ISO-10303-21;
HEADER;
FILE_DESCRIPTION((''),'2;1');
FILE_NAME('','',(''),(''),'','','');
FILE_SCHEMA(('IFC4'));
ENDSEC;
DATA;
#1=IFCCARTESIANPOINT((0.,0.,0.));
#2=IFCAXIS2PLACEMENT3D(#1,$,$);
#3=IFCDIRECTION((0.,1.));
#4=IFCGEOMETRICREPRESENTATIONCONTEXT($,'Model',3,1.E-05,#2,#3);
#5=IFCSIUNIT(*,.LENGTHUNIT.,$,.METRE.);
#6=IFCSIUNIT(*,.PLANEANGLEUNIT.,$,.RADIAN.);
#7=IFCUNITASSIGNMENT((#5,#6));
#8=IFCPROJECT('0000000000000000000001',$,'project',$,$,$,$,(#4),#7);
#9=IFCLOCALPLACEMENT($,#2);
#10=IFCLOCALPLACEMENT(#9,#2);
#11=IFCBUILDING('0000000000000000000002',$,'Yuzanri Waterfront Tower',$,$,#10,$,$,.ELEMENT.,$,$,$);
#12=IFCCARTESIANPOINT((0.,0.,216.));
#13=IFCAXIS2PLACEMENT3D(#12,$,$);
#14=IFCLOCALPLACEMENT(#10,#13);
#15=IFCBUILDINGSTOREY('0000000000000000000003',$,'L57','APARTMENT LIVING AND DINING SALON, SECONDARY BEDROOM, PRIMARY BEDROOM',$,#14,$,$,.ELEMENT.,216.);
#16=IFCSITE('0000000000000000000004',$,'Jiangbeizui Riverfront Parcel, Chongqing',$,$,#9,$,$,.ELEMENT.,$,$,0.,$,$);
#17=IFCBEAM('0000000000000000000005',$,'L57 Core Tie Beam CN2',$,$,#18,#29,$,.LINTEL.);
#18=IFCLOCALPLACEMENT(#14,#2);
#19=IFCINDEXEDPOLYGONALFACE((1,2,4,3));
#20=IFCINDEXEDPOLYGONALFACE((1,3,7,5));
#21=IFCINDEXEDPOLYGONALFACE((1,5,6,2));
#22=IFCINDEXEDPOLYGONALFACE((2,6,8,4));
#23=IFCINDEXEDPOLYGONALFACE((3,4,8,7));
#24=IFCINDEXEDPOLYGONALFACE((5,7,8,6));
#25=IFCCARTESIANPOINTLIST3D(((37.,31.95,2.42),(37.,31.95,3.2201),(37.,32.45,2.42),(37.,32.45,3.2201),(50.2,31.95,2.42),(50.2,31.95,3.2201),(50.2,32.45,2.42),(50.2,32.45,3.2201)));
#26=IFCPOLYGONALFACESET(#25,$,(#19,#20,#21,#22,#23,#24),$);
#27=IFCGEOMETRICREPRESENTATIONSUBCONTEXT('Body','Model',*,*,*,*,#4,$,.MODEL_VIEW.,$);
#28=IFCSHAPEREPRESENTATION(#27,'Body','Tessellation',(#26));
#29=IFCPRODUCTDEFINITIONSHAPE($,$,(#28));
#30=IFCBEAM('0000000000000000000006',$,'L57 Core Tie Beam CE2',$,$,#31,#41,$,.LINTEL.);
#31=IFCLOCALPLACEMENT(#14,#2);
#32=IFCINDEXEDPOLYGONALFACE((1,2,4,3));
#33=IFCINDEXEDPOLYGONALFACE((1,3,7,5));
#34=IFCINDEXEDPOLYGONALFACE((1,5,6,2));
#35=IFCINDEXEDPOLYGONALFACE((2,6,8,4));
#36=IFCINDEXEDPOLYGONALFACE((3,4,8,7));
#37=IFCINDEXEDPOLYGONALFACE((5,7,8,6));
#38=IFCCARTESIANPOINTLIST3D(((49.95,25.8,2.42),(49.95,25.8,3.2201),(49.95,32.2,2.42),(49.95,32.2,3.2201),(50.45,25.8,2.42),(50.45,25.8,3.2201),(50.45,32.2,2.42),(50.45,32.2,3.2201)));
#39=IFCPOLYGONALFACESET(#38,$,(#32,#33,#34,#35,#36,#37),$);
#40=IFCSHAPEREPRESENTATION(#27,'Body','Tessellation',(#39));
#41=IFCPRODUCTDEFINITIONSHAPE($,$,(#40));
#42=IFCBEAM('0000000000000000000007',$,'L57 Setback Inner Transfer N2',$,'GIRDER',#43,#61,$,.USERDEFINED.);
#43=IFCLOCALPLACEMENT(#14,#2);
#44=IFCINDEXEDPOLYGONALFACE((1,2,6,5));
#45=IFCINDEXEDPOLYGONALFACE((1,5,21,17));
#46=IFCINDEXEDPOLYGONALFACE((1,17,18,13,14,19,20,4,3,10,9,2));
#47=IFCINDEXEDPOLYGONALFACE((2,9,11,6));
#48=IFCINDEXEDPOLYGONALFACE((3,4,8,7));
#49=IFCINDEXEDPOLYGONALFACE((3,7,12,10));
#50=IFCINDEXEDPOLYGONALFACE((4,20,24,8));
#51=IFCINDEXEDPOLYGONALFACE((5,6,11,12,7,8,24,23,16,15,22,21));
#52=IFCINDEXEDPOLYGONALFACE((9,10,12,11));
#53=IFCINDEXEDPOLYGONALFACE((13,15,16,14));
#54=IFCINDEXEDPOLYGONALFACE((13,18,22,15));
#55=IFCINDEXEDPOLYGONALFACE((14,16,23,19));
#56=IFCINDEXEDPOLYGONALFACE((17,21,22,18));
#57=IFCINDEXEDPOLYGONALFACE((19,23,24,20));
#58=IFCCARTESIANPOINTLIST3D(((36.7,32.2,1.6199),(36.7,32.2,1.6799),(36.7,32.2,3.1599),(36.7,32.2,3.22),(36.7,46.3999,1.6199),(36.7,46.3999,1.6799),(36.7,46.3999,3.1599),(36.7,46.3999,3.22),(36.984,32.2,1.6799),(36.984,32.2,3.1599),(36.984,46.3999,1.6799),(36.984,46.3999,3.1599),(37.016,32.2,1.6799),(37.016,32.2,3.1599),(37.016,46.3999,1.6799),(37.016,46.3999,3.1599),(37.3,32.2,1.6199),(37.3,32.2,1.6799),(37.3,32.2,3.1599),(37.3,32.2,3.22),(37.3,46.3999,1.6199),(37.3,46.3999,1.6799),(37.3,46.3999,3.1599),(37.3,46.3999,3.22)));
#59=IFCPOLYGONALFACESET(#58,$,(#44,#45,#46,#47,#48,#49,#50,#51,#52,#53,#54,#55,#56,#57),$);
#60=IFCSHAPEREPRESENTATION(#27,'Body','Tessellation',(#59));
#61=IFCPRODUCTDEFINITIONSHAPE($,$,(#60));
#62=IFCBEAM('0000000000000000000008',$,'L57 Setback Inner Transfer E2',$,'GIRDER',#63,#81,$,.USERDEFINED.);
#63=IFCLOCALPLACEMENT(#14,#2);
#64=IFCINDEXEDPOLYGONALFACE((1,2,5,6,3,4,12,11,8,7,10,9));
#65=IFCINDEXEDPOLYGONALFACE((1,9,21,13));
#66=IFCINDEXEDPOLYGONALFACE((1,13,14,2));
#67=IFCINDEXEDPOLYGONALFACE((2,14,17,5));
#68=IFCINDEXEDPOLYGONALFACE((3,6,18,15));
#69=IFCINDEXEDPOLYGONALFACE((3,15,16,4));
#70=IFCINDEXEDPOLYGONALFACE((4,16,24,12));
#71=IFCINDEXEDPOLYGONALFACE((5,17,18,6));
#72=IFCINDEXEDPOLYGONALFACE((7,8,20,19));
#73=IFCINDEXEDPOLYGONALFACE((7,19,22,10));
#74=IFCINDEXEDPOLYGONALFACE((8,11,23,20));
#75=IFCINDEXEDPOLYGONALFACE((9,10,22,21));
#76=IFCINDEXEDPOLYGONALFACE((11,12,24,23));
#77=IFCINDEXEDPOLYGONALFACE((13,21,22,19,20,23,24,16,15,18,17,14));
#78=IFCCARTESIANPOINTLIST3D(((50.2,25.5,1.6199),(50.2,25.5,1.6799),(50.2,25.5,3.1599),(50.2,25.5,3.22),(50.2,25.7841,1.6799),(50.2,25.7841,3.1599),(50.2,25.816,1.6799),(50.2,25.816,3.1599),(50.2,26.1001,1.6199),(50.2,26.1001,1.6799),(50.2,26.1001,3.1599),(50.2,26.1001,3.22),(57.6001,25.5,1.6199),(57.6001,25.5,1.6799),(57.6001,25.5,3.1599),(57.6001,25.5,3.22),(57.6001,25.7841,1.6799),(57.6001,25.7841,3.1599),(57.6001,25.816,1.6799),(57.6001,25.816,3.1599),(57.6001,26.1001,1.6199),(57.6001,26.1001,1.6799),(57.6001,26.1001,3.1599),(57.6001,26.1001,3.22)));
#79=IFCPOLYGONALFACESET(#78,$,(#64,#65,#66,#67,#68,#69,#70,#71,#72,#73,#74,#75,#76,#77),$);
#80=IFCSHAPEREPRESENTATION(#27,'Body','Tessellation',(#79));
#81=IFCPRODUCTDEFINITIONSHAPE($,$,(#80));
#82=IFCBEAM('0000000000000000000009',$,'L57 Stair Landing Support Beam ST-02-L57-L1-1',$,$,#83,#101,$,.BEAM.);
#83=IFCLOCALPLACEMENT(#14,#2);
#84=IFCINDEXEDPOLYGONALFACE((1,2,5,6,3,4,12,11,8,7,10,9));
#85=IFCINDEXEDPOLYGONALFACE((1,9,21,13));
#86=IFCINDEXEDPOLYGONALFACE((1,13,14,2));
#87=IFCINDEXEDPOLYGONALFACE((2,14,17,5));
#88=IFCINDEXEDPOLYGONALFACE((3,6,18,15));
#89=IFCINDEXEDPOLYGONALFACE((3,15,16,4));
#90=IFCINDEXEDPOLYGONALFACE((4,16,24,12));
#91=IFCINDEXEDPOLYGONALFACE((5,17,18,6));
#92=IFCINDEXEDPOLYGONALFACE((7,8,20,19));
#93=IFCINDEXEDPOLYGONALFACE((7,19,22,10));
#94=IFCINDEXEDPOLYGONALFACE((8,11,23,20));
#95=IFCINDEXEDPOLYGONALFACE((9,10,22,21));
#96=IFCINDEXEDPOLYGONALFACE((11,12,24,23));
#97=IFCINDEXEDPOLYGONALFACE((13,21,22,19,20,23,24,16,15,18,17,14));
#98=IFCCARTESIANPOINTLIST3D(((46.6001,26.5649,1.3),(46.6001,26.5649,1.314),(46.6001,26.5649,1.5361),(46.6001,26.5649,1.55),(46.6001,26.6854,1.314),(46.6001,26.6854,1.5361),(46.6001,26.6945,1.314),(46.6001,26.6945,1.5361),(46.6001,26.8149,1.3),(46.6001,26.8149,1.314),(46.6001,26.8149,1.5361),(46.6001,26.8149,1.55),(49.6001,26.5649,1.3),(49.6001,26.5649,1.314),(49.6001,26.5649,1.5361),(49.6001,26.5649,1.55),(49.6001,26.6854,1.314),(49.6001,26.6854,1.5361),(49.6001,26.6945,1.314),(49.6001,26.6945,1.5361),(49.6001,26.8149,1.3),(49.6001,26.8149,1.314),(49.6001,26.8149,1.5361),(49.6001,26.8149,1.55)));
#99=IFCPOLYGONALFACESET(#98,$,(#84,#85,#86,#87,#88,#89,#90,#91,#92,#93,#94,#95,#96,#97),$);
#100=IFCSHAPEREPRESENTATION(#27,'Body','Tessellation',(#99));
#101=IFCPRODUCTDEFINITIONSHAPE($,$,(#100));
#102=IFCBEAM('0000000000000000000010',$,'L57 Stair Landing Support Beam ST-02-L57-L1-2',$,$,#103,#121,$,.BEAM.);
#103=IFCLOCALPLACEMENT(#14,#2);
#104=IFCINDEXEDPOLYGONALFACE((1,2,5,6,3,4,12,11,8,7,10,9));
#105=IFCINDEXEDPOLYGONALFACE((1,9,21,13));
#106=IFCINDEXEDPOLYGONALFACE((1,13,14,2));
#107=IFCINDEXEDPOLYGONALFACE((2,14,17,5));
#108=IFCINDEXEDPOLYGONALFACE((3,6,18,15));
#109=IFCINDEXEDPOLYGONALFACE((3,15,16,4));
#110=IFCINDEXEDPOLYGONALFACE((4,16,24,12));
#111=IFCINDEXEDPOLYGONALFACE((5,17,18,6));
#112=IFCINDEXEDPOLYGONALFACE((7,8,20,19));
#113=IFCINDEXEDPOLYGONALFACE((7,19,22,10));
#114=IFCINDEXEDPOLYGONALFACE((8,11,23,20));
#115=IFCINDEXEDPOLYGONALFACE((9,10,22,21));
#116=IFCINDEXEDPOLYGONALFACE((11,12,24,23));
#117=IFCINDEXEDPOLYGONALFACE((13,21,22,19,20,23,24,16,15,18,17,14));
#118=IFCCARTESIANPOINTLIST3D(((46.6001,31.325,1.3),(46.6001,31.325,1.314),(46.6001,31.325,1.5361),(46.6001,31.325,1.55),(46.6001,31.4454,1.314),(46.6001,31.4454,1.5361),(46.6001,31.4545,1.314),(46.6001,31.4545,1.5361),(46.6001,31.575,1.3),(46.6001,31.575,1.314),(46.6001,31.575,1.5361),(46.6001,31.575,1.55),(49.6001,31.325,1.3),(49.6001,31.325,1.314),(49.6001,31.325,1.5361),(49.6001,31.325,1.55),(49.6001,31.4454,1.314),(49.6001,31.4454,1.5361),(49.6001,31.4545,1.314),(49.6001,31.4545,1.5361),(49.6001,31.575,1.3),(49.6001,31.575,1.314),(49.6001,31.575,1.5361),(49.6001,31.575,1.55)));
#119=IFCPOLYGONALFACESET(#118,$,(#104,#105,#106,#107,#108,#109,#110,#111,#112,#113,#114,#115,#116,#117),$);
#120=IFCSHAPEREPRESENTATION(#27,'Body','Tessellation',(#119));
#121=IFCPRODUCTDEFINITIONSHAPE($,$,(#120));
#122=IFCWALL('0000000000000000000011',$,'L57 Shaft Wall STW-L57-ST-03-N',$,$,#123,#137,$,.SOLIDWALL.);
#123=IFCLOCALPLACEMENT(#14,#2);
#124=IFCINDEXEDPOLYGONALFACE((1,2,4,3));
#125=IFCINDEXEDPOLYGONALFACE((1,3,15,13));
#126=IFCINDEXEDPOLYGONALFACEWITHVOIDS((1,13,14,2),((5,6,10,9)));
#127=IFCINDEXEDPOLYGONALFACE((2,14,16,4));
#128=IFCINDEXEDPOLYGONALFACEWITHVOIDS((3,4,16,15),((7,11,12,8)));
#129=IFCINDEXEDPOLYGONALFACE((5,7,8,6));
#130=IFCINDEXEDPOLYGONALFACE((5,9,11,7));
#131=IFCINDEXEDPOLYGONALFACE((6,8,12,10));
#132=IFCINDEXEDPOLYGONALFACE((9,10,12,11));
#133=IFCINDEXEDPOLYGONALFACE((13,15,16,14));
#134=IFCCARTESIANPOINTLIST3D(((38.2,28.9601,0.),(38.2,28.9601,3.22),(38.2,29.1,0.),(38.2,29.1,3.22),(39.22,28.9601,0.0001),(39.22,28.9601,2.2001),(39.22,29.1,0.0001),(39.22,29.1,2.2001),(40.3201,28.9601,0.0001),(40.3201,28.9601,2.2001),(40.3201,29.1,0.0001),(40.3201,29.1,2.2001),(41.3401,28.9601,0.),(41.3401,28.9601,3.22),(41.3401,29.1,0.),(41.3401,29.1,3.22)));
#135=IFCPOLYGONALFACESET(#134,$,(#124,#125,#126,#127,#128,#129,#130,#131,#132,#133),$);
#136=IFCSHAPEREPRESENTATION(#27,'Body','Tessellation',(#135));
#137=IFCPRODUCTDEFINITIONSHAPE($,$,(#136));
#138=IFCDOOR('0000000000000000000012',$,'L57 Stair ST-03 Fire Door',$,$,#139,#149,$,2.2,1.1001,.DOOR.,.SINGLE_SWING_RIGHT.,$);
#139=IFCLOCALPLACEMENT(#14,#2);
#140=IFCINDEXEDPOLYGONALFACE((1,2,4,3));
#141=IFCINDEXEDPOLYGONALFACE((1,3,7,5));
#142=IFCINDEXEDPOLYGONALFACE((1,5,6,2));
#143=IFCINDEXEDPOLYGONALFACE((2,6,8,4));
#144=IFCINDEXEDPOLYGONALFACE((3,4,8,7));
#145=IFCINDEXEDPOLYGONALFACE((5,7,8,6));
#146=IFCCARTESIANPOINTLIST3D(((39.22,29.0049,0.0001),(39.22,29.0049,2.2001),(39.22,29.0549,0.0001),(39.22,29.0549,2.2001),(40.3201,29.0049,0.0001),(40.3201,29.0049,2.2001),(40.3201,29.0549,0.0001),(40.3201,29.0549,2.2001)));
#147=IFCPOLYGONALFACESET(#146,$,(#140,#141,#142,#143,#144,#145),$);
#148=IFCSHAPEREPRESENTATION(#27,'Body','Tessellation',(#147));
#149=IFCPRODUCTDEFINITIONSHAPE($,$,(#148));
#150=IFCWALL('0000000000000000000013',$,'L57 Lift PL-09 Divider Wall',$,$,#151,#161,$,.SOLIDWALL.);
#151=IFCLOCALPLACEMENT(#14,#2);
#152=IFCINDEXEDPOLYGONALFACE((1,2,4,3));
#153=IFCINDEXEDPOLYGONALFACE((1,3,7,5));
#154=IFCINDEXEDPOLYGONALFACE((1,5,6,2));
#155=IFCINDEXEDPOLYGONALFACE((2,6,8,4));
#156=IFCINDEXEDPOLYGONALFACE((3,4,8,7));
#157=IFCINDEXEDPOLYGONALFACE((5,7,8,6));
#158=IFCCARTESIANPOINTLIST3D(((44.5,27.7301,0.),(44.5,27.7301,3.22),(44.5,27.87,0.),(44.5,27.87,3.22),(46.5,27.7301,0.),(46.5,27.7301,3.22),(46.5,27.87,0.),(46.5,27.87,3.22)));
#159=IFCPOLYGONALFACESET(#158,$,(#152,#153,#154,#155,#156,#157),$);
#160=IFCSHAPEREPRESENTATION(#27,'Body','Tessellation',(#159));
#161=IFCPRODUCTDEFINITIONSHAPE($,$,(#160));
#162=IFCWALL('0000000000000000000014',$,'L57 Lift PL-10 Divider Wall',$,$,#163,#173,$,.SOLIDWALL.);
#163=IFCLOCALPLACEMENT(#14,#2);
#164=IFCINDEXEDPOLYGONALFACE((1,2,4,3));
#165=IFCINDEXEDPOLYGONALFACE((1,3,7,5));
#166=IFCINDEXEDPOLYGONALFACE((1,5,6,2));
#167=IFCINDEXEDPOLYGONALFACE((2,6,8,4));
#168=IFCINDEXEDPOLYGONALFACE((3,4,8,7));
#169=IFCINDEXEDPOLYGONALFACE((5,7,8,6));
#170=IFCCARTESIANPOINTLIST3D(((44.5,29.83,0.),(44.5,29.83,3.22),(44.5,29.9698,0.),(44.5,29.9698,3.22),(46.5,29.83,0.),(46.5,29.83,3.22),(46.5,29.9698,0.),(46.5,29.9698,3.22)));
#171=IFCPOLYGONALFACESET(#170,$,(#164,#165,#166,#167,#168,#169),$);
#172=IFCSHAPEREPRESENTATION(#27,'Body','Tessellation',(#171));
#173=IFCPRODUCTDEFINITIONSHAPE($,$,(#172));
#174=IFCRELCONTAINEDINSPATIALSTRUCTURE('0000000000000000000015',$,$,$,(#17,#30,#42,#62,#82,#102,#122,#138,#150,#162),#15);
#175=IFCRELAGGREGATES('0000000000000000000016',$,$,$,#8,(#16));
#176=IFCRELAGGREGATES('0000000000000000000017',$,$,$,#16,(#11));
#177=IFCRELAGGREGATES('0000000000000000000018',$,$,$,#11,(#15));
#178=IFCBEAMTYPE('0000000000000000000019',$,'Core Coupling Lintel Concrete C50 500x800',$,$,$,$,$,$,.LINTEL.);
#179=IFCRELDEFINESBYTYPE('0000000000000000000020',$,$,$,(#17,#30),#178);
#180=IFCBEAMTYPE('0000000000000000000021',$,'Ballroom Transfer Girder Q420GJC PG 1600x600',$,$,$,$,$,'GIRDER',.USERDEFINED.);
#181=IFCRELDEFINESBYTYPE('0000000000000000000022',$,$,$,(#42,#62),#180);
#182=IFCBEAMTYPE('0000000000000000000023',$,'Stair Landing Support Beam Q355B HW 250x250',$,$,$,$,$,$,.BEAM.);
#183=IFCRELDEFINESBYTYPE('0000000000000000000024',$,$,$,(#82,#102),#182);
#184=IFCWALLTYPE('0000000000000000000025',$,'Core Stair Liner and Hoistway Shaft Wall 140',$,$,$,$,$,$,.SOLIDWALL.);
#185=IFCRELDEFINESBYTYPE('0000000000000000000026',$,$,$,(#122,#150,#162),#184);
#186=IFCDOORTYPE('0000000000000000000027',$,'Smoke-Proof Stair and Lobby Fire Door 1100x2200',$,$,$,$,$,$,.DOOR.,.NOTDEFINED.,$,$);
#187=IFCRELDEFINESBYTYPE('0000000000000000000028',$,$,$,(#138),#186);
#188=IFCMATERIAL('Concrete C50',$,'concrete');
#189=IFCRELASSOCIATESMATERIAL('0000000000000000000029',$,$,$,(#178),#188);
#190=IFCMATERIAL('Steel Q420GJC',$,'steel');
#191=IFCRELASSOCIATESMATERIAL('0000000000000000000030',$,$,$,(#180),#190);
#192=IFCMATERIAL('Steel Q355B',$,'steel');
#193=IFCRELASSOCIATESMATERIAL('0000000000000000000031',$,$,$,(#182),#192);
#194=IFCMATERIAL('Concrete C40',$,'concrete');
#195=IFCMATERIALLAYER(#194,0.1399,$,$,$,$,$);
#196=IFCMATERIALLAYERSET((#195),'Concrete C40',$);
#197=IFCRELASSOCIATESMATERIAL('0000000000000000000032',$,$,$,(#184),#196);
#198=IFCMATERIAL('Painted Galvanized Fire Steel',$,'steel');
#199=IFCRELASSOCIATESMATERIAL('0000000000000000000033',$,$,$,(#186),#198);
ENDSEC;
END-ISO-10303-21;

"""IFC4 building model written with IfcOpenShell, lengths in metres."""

from ifc_helpers import new_model, si_unit, direction, frame, frame_2d, origin, origin_2d, place, context, subcontext, project, spatial, rectangle, i_section, extrude, source, transform, mapped, material, layer, layer_set, material_profile, profile_set, type_object, element, fill, save


model = new_model("IFC4")

# Units and contexts
model_context = context("Model", 3, precision=1e-05, world=origin(), true_north=direction((0.0, 1.0)))
body_context = subcontext(model_context, "Body", "Model", "MODEL_VIEW")
ifc_project = project(units=[si_unit("LENGTHUNIT", "METRE"), si_unit("PLANEANGLEUNIT", "RADIAN")], contexts=[model_context])

# Site, building, storey
site_placement = place(None, origin())
site = spatial("IfcSite", under=ifc_project, at=site_placement, Name="Jiangbeizui Riverfront Parcel, Chongqing", CompositionType="ELEMENT", RefElevation=0.0)
building_placement = place(site_placement, origin())
building = spatial("IfcBuilding", under=site, at=building_placement, Name="Yuzanri Waterfront Tower", CompositionType="ELEMENT")
storey_placement = place(building_placement, frame((0.0, 0.0, 216.0)))
storey = spatial("IfcBuildingStorey", under=building, at=storey_placement, Name="L57", Description="APARTMENT LIVING AND DINING SALON, SECONDARY BEDROOM, PRIMARY BEDROOM", CompositionType="ELEMENT", Elevation=216.0)

# Beams
ifc_material_1 = material(Name="Concrete C50", Category="concrete")
ifc_material_profile_1 = material_profile(ifc_material_1, rectangle(XDim=0.5, YDim=0.8, at=origin_2d()), Name="RC 500x800")
ifc_profile_set_1 = profile_set([ifc_material_profile_1], Name="Concrete C50")
beam_type_1 = type_object("IfcBeamType", Name="Core Coupling Lintel Concrete C50 500x800", PredefinedType="LINTEL", material=ifc_profile_set_1)
shared_shape_1 = source(origin(), body_context, "Body", "SweptSolid", [
    extrude(rectangle(XDim=0.5, YDim=0.8, at=origin_2d()), origin(), (0.0, 0.0, 1.0), 13.2),
])
beam_1_placement = place(storey_placement, frame((37.0, 32.2, 2.8201), z_axis=(1.0, 0.0, 0.0), x_axis=(0.0, 1.0, 0.0)))
element("IfcBeam", 1, at=beam_1_placement, inside=storey, type_object=beam_type_1, Name="L57 Core Tie Beam CN2", PredefinedType="LINTEL", context=body_context, shape_type="MappedRepresentation", body=[
    mapped(shared_shape_1, transform((0.0, 0.0, 0.0), scale=1.0)),
])
shared_shape_2 = source(origin(), body_context, "Body", "SweptSolid", [
    extrude(rectangle(XDim=0.5, YDim=0.8, at=origin_2d()), origin(), (0.0, 0.0, 1.0), 6.3999),
])
beam_2_placement = place(storey_placement, frame((50.2, 25.8, 2.8201), z_axis=(0.0, 1.0, 0.0), x_axis=(-1.0, 0.0, 0.0)))
element("IfcBeam", 2, at=beam_2_placement, inside=storey, type_object=beam_type_1, Name="L57 Core Tie Beam CE2", PredefinedType="LINTEL", context=body_context, shape_type="MappedRepresentation", body=[
    mapped(shared_shape_2, transform((0.0, 0.0, 0.0), scale=1.0)),
])
ifc_material_2 = material(Name="Steel Q420GJC", Category="steel")
ifc_material_profile_2 = material_profile(ifc_material_2, i_section(OverallWidth=0.6001, OverallDepth=1.6001, WebThickness=0.032, FlangeThickness=0.0601, at=origin_2d()), Name="PG 1600x600x32x60")
ifc_profile_set_2 = profile_set([ifc_material_profile_2], Name="Steel Q420GJC")
beam_type_2 = type_object("IfcBeamType", Name="Ballroom Transfer Girder Q420GJC PG 1600x600", ElementType="GIRDER", PredefinedType="USERDEFINED", material=ifc_profile_set_2)
shared_shape_3 = source(origin(), body_context, "Body", "SweptSolid", [
    extrude(i_section(OverallWidth=0.6001, OverallDepth=1.6001, WebThickness=0.032, FlangeThickness=0.0601, at=origin_2d()), origin(), (0.0, 0.0, 1.0), 14.2),
])
beam_3_placement = place(storey_placement, frame((37.0, 32.2, 2.4199), z_axis=(0.0, 1.0, 0.0), x_axis=(-1.0, 0.0, 0.0)))
element("IfcBeam", 3, at=beam_3_placement, inside=storey, type_object=beam_type_2, Name="L57 Setback Inner Transfer N2", ObjectType="GIRDER", PredefinedType="USERDEFINED", context=body_context, shape_type="MappedRepresentation", body=[
    mapped(shared_shape_3, transform((0.0, 0.0, 0.0), scale=1.0)),
])
shared_shape_4 = source(origin(), body_context, "Body", "SweptSolid", [
    extrude(i_section(OverallWidth=0.6001, OverallDepth=1.6001, WebThickness=0.032, FlangeThickness=0.0601, at=origin_2d()), origin(), (0.0, 0.0, 1.0), 7.4001),
])
beam_4_placement = place(storey_placement, frame((50.2, 25.8, 2.4199), z_axis=(1.0, 0.0, 0.0), x_axis=(0.0, 1.0, 0.0)))
element("IfcBeam", 4, at=beam_4_placement, inside=storey, type_object=beam_type_2, Name="L57 Setback Inner Transfer E2", ObjectType="GIRDER", PredefinedType="USERDEFINED", context=body_context, shape_type="MappedRepresentation", body=[
    mapped(shared_shape_4, transform((0.0, 0.0, 0.0), scale=1.0)),
])
ifc_material_3 = material(Name="Steel Q355B", Category="steel")
ifc_material_profile_3 = material_profile(ifc_material_3, i_section(OverallWidth=0.25, OverallDepth=0.25, WebThickness=0.009, FlangeThickness=0.0139, at=origin_2d()), Name="HW 250x250x9x14")
ifc_profile_set_3 = profile_set([ifc_material_profile_3], Name="Steel Q355B")
beam_type_3 = type_object("IfcBeamType", Name="Stair Landing Support Beam Q355B HW 250x250", PredefinedType="BEAM", material=ifc_profile_set_3)
shared_shape_5 = source(origin(), body_context, "Body", "SweptSolid", [
    extrude(i_section(OverallWidth=0.25, OverallDepth=0.25, WebThickness=0.009, FlangeThickness=0.0139, at=origin_2d()), origin(), (0.0, 0.0, 1.0), 3.0),
])
for number, where, z_axis, x_axis, name in (
    (5, (46.6001, 26.6899, 1.425), (1.0, 0.0, 0.0), (0.0, 1.0, 0.0), "L57 Stair Landing Support Beam ST-02-L57-L1-1"),
    (6, (46.6001, 31.45, 1.425), (1.0, 0.0, 0.0), (0.0, 1.0, 0.0), "L57 Stair Landing Support Beam ST-02-L57-L1-2"),
):
    element("IfcBeam", number, at=place(storey_placement, frame(where, z_axis=z_axis, x_axis=x_axis)), inside=storey, type_object=beam_type_3, Name=name, PredefinedType="BEAM", context=body_context, shape_type="MappedRepresentation", body=[
        mapped(shared_shape_5, transform((0.0, 0.0, 0.0), scale=1.0)),
    ])

# Wall, opening, door
ifc_material_4 = material(Name="Concrete C40", Category="concrete")
ifc_layer_1 = layer(ifc_material_4, 0.1399)
ifc_layer_set_1 = layer_set([ifc_layer_1], Name="Concrete C40")
wall_type_1 = type_object("IfcWallType", Name="Core Stair Liner and Hoistway Shaft Wall 140", PredefinedType="SOLIDWALL", material=ifc_layer_set_1)
wall_1_placement = place(storey_placement, frame((38.2, 29.03, 0.0), z_axis=(0.0, 0.0, 1.0), x_axis=(1.0, 0.0, 0.0)))
wall_1 = element("IfcWall", 7, at=wall_1_placement, inside=storey, type_object=wall_type_1, Name="L57 Shaft Wall STW-L57-ST-03-N", PredefinedType="SOLIDWALL", context=body_context, shape_type="SweptSolid", body=[
    extrude(rectangle(XDim=3.1401, YDim=0.1399, at=frame_2d((1.5701, 0.0))), origin(), (0.0, 0.0, 1.0), 3.22),
])
opening_placement = place(wall_1_placement, frame((1.02, 0.0, 0.0)))
opening = element("IfcOpeningElement", 8, at=opening_placement, cuts=wall_1, PredefinedType="OPENING", context=body_context, shape_type="SweptSolid", body=[
    extrude(rectangle(XDim=1.1001, YDim=2.2, at=frame_2d((0.55, 1.1001))), frame((0.0, 0.085, 0.0), z_axis=(0.0, -1.0, 0.0), x_axis=(1.0, 0.0, 0.0)), (0.0, 0.0, 1.0), 0.1697),
])
ifc_material_5 = material(Name="Painted Galvanized Fire Steel", Category="steel")
door_type = type_object("IfcDoorType", Name="Smoke-Proof Stair and Lobby Fire Door 1100x2200", OperationType="NOTDEFINED", PredefinedType="DOOR", material=ifc_material_5)
shared_shape_6 = source(origin(), body_context, "Body", "SweptSolid", [
    extrude(rectangle(XDim=1.1001, YDim=2.2, at=frame_2d((0.55, 1.1001))), frame((0.0, 0.0249, 0.0), z_axis=(0.0, -1.0, 0.0), x_axis=(1.0, 0.0, 0.0)), (0.0, 0.0, 1.0), 0.05),
])
door_placement = place(opening_placement, origin())
door = element("IfcDoor", 9, at=door_placement, inside=storey, type_object=door_type, Name="L57 Stair ST-03 Fire Door", OperationType="SINGLE_SWING_RIGHT", OverallHeight=2.2, OverallWidth=1.1001, PredefinedType="DOOR", context=body_context, shape_type="MappedRepresentation", body=[
    mapped(shared_shape_6, transform((0.0, 0.0, 0.0), scale=1.0)),
])
fill(opening, door)

# Walls
shared_shape_7 = source(origin(), body_context, "Body", "SweptSolid", [
    extrude(rectangle(XDim=2.0, YDim=0.1399, at=frame_2d((1.0, 0.0))), origin(), (0.0, 0.0, 1.0), 3.22),
])
for number, where, z_axis, x_axis, name in (
    (10, (44.5, 27.8, 0.0), (0.0, 0.0, 1.0), (1.0, 0.0, 0.0), "L57 Lift PL-09 Divider Wall"),
    (11, (44.5, 29.8999, 0.0), (0.0, 0.0, 1.0), (1.0, 0.0, 0.0), "L57 Lift PL-10 Divider Wall"),
):
    element("IfcWall", number, at=place(storey_placement, frame(where, z_axis=z_axis, x_axis=x_axis)), inside=storey, type_object=wall_type_1, Name=name, PredefinedType="SOLIDWALL", context=body_context, shape_type="MappedRepresentation", body=[
        mapped(shared_shape_7, transform((0.0, 0.0, 0.0), scale=1.0)),
    ])

save(model, "model.ifc")
